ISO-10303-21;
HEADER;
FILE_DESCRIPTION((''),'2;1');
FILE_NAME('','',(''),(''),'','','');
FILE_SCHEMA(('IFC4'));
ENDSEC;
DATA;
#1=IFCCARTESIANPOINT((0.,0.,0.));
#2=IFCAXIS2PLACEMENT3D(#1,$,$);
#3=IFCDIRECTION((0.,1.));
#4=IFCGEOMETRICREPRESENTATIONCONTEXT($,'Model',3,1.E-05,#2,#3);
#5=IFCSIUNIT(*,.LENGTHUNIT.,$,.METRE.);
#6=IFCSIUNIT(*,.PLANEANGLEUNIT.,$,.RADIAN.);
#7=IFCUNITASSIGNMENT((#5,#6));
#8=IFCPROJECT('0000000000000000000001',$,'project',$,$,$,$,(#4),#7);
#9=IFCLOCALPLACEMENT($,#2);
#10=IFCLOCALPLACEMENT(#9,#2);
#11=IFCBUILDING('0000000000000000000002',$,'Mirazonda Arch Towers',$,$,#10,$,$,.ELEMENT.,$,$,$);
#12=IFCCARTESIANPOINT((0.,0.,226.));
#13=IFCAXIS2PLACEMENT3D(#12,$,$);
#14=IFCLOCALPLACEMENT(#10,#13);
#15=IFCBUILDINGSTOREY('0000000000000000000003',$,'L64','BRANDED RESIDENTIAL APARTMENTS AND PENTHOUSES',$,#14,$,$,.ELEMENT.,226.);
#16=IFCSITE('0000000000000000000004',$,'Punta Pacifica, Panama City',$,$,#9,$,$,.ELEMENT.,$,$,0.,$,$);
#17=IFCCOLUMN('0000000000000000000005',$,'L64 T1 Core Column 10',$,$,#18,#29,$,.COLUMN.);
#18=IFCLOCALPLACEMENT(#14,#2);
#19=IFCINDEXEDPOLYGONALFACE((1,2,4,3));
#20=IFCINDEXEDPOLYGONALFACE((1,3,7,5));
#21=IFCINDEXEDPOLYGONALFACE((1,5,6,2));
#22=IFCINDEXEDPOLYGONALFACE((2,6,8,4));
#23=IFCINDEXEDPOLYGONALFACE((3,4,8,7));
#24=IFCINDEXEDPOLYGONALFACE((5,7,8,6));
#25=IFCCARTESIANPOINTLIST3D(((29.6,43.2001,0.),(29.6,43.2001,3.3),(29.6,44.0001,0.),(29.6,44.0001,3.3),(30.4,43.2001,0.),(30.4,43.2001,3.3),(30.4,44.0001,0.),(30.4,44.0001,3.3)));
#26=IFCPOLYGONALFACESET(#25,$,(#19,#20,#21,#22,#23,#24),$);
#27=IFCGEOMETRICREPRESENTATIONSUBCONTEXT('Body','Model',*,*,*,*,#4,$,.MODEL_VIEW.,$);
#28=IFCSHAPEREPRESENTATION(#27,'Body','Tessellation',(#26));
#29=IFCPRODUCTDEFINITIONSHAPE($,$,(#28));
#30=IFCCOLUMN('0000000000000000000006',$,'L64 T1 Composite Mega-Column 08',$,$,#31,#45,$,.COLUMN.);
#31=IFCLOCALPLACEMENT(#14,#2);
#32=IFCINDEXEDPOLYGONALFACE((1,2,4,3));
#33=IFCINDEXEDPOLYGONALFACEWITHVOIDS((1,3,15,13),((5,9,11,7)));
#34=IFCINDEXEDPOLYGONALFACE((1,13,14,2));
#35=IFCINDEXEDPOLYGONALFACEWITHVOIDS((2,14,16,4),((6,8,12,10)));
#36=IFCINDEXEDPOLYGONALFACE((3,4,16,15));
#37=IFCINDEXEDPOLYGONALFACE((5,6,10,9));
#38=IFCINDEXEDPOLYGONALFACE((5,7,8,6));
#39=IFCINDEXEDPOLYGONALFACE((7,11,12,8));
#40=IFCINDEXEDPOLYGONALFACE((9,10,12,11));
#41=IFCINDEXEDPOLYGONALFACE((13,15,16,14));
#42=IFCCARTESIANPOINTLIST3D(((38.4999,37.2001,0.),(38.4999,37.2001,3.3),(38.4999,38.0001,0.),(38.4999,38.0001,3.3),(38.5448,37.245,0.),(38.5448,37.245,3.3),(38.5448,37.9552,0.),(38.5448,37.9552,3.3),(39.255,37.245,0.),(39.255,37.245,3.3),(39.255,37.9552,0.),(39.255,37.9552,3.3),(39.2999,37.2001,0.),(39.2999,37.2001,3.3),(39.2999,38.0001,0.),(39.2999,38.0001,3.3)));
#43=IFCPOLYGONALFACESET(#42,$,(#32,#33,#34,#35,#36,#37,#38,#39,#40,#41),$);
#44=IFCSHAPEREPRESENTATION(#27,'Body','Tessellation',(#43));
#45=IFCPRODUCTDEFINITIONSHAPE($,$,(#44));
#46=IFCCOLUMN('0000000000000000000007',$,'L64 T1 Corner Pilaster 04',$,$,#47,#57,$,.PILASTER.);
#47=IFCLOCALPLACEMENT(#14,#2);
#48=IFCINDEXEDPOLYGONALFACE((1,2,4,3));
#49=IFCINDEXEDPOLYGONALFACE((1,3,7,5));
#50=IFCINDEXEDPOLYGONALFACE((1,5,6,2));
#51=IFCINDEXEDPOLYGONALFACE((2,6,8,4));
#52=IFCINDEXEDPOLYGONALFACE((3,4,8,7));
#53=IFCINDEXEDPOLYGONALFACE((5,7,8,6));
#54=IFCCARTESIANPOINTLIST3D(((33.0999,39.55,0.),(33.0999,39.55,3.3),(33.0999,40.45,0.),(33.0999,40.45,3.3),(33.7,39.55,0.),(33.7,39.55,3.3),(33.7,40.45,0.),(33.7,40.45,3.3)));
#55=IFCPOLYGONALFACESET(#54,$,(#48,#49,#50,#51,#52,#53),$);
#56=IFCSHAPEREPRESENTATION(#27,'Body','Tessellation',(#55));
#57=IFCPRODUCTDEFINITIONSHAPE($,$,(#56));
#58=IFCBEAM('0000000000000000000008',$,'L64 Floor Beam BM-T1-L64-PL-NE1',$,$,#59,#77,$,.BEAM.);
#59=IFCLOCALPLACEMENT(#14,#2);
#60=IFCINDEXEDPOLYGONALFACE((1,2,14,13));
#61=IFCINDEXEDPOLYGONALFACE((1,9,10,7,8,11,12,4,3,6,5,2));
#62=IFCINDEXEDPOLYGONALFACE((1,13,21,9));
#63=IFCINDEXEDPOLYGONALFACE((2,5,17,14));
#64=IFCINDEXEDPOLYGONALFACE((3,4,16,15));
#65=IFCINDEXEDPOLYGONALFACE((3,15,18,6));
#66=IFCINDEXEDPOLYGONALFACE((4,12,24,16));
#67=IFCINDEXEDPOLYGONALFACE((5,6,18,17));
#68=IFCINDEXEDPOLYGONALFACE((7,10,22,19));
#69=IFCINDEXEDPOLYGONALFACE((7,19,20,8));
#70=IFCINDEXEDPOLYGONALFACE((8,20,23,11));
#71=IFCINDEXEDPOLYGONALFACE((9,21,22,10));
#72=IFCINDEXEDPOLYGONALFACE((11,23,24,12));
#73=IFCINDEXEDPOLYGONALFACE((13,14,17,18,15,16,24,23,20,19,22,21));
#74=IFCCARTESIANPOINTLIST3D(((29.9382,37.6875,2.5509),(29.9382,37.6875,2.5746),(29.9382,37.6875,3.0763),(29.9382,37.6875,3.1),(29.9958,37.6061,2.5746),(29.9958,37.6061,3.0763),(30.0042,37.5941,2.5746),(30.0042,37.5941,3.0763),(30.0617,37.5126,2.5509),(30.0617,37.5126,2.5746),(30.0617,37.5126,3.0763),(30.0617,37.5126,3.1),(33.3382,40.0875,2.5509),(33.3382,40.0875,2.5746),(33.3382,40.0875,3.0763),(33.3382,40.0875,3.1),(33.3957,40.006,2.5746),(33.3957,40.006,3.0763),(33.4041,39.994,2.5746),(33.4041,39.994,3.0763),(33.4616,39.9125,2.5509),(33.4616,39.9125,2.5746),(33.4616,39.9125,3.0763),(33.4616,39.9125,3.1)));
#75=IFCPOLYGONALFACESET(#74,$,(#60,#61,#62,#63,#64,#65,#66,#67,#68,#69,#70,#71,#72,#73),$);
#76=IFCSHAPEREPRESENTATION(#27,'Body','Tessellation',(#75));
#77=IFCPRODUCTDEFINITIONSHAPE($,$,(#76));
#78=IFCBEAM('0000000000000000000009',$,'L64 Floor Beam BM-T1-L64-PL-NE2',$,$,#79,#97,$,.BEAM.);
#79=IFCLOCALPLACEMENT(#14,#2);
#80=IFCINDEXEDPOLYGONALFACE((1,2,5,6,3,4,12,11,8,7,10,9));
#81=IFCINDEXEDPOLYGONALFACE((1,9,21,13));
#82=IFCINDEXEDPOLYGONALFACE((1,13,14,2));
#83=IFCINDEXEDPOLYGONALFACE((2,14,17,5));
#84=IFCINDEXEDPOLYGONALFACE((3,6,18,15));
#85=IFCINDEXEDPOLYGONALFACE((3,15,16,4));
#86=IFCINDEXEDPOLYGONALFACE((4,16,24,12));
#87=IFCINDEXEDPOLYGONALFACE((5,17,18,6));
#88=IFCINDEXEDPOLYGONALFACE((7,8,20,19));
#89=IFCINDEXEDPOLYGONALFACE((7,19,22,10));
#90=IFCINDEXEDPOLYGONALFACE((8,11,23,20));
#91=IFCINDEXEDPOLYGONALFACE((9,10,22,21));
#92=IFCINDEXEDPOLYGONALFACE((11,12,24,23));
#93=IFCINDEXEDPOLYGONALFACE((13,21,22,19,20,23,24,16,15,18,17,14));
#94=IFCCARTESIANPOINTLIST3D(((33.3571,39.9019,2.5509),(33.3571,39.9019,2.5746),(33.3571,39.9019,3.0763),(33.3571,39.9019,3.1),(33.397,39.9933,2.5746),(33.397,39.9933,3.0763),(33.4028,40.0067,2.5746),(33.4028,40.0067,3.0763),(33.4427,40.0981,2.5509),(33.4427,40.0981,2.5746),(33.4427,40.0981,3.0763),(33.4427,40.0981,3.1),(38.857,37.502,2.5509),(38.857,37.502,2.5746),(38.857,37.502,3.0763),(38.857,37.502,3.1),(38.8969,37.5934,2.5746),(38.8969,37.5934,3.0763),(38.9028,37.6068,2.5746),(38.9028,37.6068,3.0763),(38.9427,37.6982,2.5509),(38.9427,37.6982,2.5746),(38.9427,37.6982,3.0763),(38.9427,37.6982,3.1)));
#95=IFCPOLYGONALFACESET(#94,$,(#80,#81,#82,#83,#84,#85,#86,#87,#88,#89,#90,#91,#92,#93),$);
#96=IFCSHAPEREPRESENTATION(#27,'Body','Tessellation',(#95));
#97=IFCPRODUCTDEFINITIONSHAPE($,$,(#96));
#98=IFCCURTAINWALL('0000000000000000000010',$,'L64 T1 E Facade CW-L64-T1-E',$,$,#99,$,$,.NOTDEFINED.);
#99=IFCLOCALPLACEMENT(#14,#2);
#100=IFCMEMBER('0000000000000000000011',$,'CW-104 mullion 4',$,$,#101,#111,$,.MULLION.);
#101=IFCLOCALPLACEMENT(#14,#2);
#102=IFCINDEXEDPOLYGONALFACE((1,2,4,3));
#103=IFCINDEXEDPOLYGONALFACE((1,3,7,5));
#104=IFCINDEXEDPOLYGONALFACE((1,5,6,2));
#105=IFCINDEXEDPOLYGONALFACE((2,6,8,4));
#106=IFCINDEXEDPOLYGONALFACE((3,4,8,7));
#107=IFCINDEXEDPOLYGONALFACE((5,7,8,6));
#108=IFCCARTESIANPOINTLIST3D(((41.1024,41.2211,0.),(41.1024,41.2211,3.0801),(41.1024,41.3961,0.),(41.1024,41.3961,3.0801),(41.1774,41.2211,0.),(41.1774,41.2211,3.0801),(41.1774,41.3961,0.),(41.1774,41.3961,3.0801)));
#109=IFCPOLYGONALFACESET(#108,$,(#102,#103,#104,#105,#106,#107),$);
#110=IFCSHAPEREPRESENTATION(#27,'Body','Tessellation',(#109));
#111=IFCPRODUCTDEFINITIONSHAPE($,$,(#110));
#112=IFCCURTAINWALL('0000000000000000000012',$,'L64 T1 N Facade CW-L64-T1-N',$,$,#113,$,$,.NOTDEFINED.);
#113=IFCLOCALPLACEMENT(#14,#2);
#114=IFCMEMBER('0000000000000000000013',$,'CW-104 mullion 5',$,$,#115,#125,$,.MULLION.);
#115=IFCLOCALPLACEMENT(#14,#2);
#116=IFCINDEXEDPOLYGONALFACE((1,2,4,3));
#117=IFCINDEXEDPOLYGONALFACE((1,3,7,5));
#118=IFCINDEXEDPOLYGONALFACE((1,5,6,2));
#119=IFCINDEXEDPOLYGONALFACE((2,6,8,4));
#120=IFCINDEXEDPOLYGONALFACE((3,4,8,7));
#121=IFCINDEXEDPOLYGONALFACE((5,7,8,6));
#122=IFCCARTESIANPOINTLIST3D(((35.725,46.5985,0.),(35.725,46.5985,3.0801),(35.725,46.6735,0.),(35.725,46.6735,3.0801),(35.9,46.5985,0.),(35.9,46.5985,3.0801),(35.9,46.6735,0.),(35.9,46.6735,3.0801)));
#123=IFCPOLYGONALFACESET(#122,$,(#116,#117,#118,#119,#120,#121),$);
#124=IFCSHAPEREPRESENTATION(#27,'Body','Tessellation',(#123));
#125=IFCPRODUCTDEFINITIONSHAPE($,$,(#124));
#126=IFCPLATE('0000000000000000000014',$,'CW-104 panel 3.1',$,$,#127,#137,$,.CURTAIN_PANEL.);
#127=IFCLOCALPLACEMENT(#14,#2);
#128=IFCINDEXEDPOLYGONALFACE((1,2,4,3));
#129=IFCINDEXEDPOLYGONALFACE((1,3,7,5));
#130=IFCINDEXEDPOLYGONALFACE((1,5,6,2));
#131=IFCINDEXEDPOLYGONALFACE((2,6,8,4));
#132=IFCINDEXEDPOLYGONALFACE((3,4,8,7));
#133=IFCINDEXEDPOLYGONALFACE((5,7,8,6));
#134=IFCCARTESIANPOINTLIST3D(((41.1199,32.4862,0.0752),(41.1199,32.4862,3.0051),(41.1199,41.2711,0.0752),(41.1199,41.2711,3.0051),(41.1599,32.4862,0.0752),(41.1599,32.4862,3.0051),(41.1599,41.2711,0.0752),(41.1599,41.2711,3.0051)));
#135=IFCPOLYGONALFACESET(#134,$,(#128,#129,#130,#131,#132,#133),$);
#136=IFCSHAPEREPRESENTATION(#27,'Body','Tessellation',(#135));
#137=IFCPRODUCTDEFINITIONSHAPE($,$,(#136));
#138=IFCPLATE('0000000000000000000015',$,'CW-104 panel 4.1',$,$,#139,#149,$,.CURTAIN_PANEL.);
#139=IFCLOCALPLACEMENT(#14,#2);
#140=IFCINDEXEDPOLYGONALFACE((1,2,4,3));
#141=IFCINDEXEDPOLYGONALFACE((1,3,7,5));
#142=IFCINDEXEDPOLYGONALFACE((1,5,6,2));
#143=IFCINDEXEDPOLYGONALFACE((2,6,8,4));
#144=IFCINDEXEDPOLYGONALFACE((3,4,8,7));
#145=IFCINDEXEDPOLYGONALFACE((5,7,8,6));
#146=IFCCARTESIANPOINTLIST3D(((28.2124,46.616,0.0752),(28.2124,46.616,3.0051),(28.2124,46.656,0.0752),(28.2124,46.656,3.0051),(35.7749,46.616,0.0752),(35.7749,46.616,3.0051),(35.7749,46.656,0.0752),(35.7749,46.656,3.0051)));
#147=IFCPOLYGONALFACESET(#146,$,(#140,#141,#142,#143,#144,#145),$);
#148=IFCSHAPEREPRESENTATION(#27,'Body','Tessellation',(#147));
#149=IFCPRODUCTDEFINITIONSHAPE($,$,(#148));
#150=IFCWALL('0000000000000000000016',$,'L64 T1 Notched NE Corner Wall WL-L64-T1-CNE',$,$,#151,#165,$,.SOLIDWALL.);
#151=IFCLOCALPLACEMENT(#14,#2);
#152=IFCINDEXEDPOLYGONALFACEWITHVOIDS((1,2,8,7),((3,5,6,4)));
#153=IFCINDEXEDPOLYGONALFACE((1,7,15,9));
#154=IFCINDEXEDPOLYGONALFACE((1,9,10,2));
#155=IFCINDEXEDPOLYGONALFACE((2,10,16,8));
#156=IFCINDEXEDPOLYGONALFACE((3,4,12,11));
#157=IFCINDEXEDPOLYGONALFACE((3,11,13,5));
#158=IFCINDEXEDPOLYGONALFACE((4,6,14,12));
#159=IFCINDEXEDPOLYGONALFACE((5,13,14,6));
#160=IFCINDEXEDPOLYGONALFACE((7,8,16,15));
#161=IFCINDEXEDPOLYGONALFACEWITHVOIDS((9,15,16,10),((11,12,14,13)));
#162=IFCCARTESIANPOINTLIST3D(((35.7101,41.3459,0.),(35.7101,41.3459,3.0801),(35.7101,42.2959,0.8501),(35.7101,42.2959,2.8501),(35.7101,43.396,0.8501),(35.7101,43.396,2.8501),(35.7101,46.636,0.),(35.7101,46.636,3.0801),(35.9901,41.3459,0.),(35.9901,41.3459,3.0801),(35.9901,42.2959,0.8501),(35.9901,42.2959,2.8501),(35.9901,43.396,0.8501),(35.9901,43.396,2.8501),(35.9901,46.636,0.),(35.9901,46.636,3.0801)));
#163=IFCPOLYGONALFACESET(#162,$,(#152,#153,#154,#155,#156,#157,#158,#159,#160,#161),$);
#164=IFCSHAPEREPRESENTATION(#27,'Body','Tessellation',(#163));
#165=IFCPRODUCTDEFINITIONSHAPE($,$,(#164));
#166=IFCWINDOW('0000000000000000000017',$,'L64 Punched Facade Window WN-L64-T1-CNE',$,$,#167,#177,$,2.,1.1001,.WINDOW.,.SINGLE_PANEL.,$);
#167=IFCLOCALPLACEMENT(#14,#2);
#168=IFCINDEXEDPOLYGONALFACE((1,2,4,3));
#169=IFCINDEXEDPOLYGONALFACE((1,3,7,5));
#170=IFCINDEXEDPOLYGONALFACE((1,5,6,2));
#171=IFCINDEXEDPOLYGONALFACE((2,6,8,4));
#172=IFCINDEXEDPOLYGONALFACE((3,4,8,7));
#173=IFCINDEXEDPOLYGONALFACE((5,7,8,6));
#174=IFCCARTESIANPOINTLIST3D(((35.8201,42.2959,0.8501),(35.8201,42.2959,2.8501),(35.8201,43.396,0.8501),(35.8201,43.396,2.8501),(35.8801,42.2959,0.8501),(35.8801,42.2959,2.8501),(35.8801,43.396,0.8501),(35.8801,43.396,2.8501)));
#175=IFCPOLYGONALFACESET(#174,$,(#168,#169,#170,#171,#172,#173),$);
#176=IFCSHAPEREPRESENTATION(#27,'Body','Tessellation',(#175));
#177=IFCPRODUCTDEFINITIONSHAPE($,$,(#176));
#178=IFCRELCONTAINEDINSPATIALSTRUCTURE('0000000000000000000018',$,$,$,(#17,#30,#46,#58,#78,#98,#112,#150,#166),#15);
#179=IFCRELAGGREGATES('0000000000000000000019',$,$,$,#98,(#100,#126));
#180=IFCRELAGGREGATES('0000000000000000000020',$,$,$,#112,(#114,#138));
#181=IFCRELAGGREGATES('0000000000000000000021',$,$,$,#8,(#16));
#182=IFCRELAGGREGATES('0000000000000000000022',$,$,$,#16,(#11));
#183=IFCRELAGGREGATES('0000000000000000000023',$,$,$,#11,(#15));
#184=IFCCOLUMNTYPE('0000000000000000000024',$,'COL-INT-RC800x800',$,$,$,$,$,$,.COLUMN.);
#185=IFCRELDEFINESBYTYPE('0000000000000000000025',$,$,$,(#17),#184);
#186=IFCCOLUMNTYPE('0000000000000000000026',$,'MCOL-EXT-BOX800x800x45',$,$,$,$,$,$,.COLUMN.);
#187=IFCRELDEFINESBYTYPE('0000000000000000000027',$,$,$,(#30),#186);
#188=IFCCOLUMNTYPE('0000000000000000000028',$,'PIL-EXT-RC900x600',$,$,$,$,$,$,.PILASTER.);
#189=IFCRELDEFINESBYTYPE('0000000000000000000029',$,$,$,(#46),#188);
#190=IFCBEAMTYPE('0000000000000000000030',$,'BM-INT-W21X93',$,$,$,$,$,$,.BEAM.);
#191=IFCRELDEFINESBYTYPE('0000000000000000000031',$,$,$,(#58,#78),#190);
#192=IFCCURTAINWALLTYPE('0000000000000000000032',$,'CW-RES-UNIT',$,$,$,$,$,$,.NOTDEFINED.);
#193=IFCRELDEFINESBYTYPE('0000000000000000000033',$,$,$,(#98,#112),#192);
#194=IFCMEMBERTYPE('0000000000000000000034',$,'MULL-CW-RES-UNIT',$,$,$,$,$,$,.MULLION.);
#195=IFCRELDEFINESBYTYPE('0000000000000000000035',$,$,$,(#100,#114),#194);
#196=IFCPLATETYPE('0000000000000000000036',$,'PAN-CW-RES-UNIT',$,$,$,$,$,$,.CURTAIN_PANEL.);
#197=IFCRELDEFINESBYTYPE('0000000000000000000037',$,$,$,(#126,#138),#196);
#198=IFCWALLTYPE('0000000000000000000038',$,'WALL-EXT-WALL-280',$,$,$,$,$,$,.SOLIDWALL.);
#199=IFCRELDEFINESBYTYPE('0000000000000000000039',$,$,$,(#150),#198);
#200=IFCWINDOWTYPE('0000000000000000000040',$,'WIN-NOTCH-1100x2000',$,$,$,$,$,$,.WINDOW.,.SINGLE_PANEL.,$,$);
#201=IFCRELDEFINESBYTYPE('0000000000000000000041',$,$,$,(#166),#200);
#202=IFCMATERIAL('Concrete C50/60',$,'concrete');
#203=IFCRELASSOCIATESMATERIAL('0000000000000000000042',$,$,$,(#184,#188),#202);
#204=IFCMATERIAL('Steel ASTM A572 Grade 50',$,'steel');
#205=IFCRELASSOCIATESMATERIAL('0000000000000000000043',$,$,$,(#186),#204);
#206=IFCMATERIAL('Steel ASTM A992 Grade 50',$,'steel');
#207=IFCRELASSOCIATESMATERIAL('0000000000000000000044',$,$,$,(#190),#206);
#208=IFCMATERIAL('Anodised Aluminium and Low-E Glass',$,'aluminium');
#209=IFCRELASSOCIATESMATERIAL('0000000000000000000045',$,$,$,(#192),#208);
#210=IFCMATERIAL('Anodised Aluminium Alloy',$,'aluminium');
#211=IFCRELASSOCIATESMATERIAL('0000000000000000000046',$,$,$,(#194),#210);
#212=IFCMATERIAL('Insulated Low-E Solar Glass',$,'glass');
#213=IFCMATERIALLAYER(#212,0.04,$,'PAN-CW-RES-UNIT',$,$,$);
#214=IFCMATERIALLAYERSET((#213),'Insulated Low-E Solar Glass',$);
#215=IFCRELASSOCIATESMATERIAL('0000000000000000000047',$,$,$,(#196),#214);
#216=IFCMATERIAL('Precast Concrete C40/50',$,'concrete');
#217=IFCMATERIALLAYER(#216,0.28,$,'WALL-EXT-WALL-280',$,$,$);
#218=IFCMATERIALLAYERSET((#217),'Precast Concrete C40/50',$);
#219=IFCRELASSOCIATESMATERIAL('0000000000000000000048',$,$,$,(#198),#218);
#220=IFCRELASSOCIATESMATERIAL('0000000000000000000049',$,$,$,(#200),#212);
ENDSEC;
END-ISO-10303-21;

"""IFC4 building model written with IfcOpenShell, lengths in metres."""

from ifc_helpers import new_model, si_unit, direction, frame, frame_2d, origin, origin_2d, place, context, subcontext, project, spatial, rectangle, hollow_rectangle, i_section, extrude, material, layer, layer_set, material_profile, profile_set, type_object, element, fill, aggregate, save


model = new_model("IFC4")

# Units and contexts
model_context = context("Model", 3, precision=1e-05, world=origin(), true_north=direction((0.0, 1.0)))
body_context = subcontext(model_context, "Body", "Model", "MODEL_VIEW")
ifc_project = project(units=[si_unit("LENGTHUNIT", "METRE"), si_unit("PLANEANGLEUNIT", "RADIAN")], contexts=[model_context])

# Site, building, storey
site_placement = place(None, origin())
site = spatial("IfcSite", under=ifc_project, at=site_placement, Name="Punta Pacifica, Panama City", CompositionType="ELEMENT", RefElevation=0.0)
building_placement = place(site_placement, origin())
building = spatial("IfcBuilding", under=site, at=building_placement, Name="Mirazonda Arch Towers", CompositionType="ELEMENT")
storey_placement = place(building_placement, frame((0.0, 0.0, 226.0)))
storey = spatial("IfcBuildingStorey", under=building, at=storey_placement, Name="L64", Description="BRANDED RESIDENTIAL APARTMENTS AND PENTHOUSES", CompositionType="ELEMENT", Elevation=226.0)

# Columns
ifc_material_1 = material(Name="Concrete C50/60", Category="concrete")
ifc_material_profile_1 = material_profile(ifc_material_1, rectangle(XDim=0.8, YDim=0.8, at=origin_2d()), Name="RC800x800")
ifc_profile_set_1 = profile_set([ifc_material_profile_1], Name="Concrete C50/60")
column_type_1 = type_object("IfcColumnType", Name="COL-INT-RC800x800", PredefinedType="COLUMN", material=ifc_profile_set_1)
column_1_placement = place(storey_placement, frame((30.0, 43.6001, 0.0), z_axis=(0.0, 0.0, 1.0), x_axis=(1.0, 0.0, 0.0)))
element("IfcColumn", 1, at=column_1_placement, inside=storey, type_object=column_type_1, Name="L64 T1 Core Column 10", PredefinedType="COLUMN", context=body_context, shape_type="SweptSolid", body=[
    extrude(rectangle(XDim=0.8, YDim=0.8, at=origin_2d()), origin(), (0.0, 0.0, 1.0), 3.3),
])
ifc_material_2 = material(Name="Steel ASTM A572 Grade 50", Category="steel")
ifc_material_profile_2 = material_profile(ifc_material_2, hollow_rectangle(XDim=0.8, YDim=0.8, WallThickness=0.0449, at=origin_2d()), Name="BOX800x800x45")
ifc_profile_set_2 = profile_set([ifc_material_profile_2], Name="Steel ASTM A572 Grade 50")
column_type_2 = type_object("IfcColumnType", Name="MCOL-EXT-BOX800x800x45", PredefinedType="COLUMN", material=ifc_profile_set_2)
column_2_placement = place(storey_placement, frame((38.8999, 37.6001, 0.0), z_axis=(0.0, 0.0, 1.0), x_axis=(1.0, 0.0, 0.0)))
element("IfcColumn", 2, at=column_2_placement, inside=storey, type_object=column_type_2, Name="L64 T1 Composite Mega-Column 08", PredefinedType="COLUMN", context=body_context, shape_type="SweptSolid", body=[
    extrude(hollow_rectangle(XDim=0.8, YDim=0.8, WallThickness=0.0449, at=origin_2d()), origin(), (0.0, 0.0, 1.0), 3.3),
])
ifc_material_profile_3 = material_profile(ifc_material_1, rectangle(XDim=0.6001, YDim=0.8999, at=origin_2d()), Name="RC900x600")
ifc_profile_set_3 = profile_set([ifc_material_profile_3], Name="Concrete C50/60")
column_type_3 = type_object("IfcColumnType", Name="PIL-EXT-RC900x600", PredefinedType="PILASTER", material=ifc_profile_set_3)
column_3_placement = place(storey_placement, frame((33.3999, 40.0, 0.0), z_axis=(0.0, 0.0, 1.0), x_axis=(1.0, 0.0, 0.0)))
element("IfcColumn", 3, at=column_3_placement, inside=storey, type_object=column_type_3, Name="L64 T1 Corner Pilaster 04", PredefinedType="PILASTER", context=body_context, shape_type="SweptSolid", body=[
    extrude(rectangle(XDim=0.6001, YDim=0.8999, at=origin_2d()), origin(), (0.0, 0.0, 1.0), 3.3),
])

# Beams
ifc_material_3 = material(Name="Steel ASTM A992 Grade 50", Category="steel")
ifc_material_profile_4 = material_profile(ifc_material_3, i_section(OverallWidth=0.2141, OverallDepth=0.5491, WebThickness=0.0146, FlangeThickness=0.0237, at=origin_2d()), Name="W21X93")
ifc_profile_set_4 = profile_set([ifc_material_profile_4], Name="Steel ASTM A992 Grade 50")
beam_type = type_object("IfcBeamType", Name="BM-INT-W21X93", PredefinedType="BEAM", material=ifc_profile_set_4)
beam_1_placement = place(storey_placement, frame((33.3999, 40.0, 2.8254), z_axis=(-0.816971, -0.576679, 0.0), x_axis=(0.576679, -0.816971, 0.0)))
element("IfcBeam", 4, at=beam_1_placement, inside=storey, type_object=beam_type, Name="L64 Floor Beam BM-T1-L64-PL-NE1", PredefinedType="BEAM", context=body_context, shape_type="SweptSolid", body=[
    extrude(i_section(OverallWidth=0.2141, OverallDepth=0.5491, WebThickness=0.0146, FlangeThickness=0.0237, at=origin_2d()), origin(), (0.0, 0.0, 1.0), 4.1616),
])
beam_2_placement = place(storey_placement, frame((33.3999, 40.0, 2.8254), z_axis=(0.916545, -0.399931, 0.0), x_axis=(0.399931, 0.916545, 0.0)))
element("IfcBeam", 5, at=beam_2_placement, inside=storey, type_object=beam_type, Name="L64 Floor Beam BM-T1-L64-PL-NE2", PredefinedType="BEAM", context=body_context, shape_type="SweptSolid", body=[
    extrude(i_section(OverallWidth=0.2141, OverallDepth=0.5491, WebThickness=0.0146, FlangeThickness=0.0237, at=origin_2d()), origin(), (0.0, 0.0, 1.0), 6.0007),
])

# Curtain walls, members
ifc_material_4 = material(Name="Anodised Aluminium and Low-E Glass", Category="aluminium")
curtain_wall_type = type_object("IfcCurtainWallType", Name="CW-RES-UNIT", PredefinedType="NOTDEFINED", material=ifc_material_4)
curtain_wall_1_placement = place(storey_placement, origin())
curtain_wall_1 = element("IfcCurtainWall", 6, at=curtain_wall_1_placement, inside=storey, type_object=curtain_wall_type, Name="L64 T1 E Facade CW-L64-T1-E", PredefinedType="NOTDEFINED")
ifc_material_5 = material(Name="Anodised Aluminium Alloy", Category="aluminium")
ifc_material_profile_5 = material_profile(ifc_material_5, rectangle(XDim=0.075, YDim=0.175, at=origin_2d()), Name="ALU-MULL-75x175")
ifc_profile_set_5 = profile_set([ifc_material_profile_5], Name="Anodised Aluminium Alloy")
member_type = type_object("IfcMemberType", Name="MULL-CW-RES-UNIT", PredefinedType="MULLION", material=ifc_profile_set_5)
member_1_placement = place(storey_placement, frame((41.1399, 41.3086, 0.0), z_axis=(0.0, 0.0, 1.0), x_axis=(-1.0, 0.0, 0.0)))
member_1 = element("IfcMember", 7, at=member_1_placement, type_object=member_type, Name="CW-104 mullion 4", PredefinedType="MULLION", context=body_context, shape_type="SweptSolid", body=[
    extrude(rectangle(XDim=0.075, YDim=0.175, at=origin_2d()), origin(), (0.0, 0.0, 1.0), 3.0801),
])
curtain_wall_2_placement = place(storey_placement, origin())
curtain_wall_2 = element("IfcCurtainWall", 8, at=curtain_wall_2_placement, inside=storey, type_object=curtain_wall_type, Name="L64 T1 N Facade CW-L64-T1-N", PredefinedType="NOTDEFINED")
member_2_placement = place(storey_placement, frame((35.8125, 46.636, 0.0), z_axis=(0.0, 0.0, 1.0), x_axis=(0.0, 1.0, 0.0)))
member_2 = element("IfcMember", 9, at=member_2_placement, type_object=member_type, Name="CW-104 mullion 5", PredefinedType="MULLION", context=body_context, shape_type="SweptSolid", body=[
    extrude(rectangle(XDim=0.075, YDim=0.175, at=origin_2d()), origin(), (0.0, 0.0, 1.0), 3.0801),
])

# Plates
ifc_material_6 = material(Name="Insulated Low-E Solar Glass", Category="glass")
ifc_layer_1 = layer(ifc_material_6, 0.04, Name="PAN-CW-RES-UNIT")
ifc_layer_set_1 = layer_set([ifc_layer_1], Name="Insulated Low-E Solar Glass")
plate_type = type_object("IfcPlateType", Name="PAN-CW-RES-UNIT", PredefinedType="CURTAIN_PANEL", material=ifc_layer_set_1)
plate_1_placement = place(storey_placement, frame((41.1399, 36.8787, 0.0752), z_axis=(0.0, 0.0, 1.0), x_axis=(0.0, 1.0, 0.0)))
plate_1 = element("IfcPlate", 10, at=plate_1_placement, type_object=plate_type, Name="CW-104 panel 3.1", PredefinedType="CURTAIN_PANEL", context=body_context, shape_type="SweptSolid", body=[
    extrude(rectangle(XDim=8.7849, YDim=0.04, at=origin_2d()), origin(), (0.0, 0.0, 1.0), 2.9299),
])
aggregate(curtain_wall_1, [member_1, plate_1])
plate_2_placement = place(storey_placement, frame((31.9937, 46.636, 0.0752), z_axis=(0.0, 0.0, 1.0), x_axis=(1.0, 0.0, 0.0)))
plate_2 = element("IfcPlate", 11, at=plate_2_placement, type_object=plate_type, Name="CW-104 panel 4.1", PredefinedType="CURTAIN_PANEL", context=body_context, shape_type="SweptSolid", body=[
    extrude(rectangle(XDim=7.5625, YDim=0.04, at=origin_2d()), origin(), (0.0, 0.0, 1.0), 2.9299),
])
aggregate(curtain_wall_2, [member_2, plate_2])

# Wall, opening, window
ifc_material_7 = material(Name="Precast Concrete C40/50", Category="concrete")
ifc_layer_2 = layer(ifc_material_7, 0.28, Name="WALL-EXT-WALL-280")
ifc_layer_set_2 = layer_set([ifc_layer_2], Name="Precast Concrete C40/50")
wall_type_1 = type_object("IfcWallType", Name="WALL-EXT-WALL-280", PredefinedType="SOLIDWALL", material=ifc_layer_set_2)
wall_1_placement = place(storey_placement, frame((35.8501, 41.3459, 0.0), z_axis=(0.0, 0.0, 1.0), x_axis=(0.0, 1.0, 0.0)))
wall_1 = element("IfcWall", 12, at=wall_1_placement, inside=storey, type_object=wall_type_1, Name="L64 T1 Notched NE Corner Wall WL-L64-T1-CNE", PredefinedType="SOLIDWALL", context=body_context, shape_type="SweptSolid", body=[
    extrude(rectangle(XDim=5.29, YDim=0.28, at=frame_2d((2.645, 0.0))), origin(), (0.0, 0.0, 1.0), 3.0801),
])
opening_1_placement = place(wall_1_placement, frame((0.95, 0.0, 0.8501)))
opening_1 = element("IfcOpeningElement", 13, at=opening_1_placement, cuts=wall_1, PredefinedType="OPENING", context=body_context, shape_type="SweptSolid", body=[
    extrude(rectangle(XDim=1.1001, YDim=2.0, at=frame_2d((0.55, 1.0))), frame((0.0, 0.1499, 0.0), z_axis=(0.0, -1.0, 0.0), x_axis=(1.0, 0.0, 0.0)), (0.0, 0.0, 1.0), 0.3),
])
window_type = type_object("IfcWindowType", Name="WIN-NOTCH-1100x2000", PartitioningType="SINGLE_PANEL", PredefinedType="WINDOW", material=ifc_material_6)
window_1_placement = place(opening_1_placement, origin())
window_1 = element("IfcWindow", 14, at=window_1_placement, inside=storey, type_object=window_type, Name="L64 Punched Facade Window WN-L64-T1-CNE", OverallHeight=2.0, OverallWidth=1.1001, PartitioningType="SINGLE_PANEL", PredefinedType="WINDOW", context=body_context, shape_type="SweptSolid", body=[
    extrude(rectangle(XDim=1.1001, YDim=2.0, at=frame_2d((0.55, 1.0))), frame((0.0, 0.03, 0.0), z_axis=(0.0, -1.0, 0.0), x_axis=(1.0, 0.0, 0.0)), (0.0, 0.0, 1.0), 0.0601),
])
fill(opening_1, window_1)

save(model, "model.ifc")
